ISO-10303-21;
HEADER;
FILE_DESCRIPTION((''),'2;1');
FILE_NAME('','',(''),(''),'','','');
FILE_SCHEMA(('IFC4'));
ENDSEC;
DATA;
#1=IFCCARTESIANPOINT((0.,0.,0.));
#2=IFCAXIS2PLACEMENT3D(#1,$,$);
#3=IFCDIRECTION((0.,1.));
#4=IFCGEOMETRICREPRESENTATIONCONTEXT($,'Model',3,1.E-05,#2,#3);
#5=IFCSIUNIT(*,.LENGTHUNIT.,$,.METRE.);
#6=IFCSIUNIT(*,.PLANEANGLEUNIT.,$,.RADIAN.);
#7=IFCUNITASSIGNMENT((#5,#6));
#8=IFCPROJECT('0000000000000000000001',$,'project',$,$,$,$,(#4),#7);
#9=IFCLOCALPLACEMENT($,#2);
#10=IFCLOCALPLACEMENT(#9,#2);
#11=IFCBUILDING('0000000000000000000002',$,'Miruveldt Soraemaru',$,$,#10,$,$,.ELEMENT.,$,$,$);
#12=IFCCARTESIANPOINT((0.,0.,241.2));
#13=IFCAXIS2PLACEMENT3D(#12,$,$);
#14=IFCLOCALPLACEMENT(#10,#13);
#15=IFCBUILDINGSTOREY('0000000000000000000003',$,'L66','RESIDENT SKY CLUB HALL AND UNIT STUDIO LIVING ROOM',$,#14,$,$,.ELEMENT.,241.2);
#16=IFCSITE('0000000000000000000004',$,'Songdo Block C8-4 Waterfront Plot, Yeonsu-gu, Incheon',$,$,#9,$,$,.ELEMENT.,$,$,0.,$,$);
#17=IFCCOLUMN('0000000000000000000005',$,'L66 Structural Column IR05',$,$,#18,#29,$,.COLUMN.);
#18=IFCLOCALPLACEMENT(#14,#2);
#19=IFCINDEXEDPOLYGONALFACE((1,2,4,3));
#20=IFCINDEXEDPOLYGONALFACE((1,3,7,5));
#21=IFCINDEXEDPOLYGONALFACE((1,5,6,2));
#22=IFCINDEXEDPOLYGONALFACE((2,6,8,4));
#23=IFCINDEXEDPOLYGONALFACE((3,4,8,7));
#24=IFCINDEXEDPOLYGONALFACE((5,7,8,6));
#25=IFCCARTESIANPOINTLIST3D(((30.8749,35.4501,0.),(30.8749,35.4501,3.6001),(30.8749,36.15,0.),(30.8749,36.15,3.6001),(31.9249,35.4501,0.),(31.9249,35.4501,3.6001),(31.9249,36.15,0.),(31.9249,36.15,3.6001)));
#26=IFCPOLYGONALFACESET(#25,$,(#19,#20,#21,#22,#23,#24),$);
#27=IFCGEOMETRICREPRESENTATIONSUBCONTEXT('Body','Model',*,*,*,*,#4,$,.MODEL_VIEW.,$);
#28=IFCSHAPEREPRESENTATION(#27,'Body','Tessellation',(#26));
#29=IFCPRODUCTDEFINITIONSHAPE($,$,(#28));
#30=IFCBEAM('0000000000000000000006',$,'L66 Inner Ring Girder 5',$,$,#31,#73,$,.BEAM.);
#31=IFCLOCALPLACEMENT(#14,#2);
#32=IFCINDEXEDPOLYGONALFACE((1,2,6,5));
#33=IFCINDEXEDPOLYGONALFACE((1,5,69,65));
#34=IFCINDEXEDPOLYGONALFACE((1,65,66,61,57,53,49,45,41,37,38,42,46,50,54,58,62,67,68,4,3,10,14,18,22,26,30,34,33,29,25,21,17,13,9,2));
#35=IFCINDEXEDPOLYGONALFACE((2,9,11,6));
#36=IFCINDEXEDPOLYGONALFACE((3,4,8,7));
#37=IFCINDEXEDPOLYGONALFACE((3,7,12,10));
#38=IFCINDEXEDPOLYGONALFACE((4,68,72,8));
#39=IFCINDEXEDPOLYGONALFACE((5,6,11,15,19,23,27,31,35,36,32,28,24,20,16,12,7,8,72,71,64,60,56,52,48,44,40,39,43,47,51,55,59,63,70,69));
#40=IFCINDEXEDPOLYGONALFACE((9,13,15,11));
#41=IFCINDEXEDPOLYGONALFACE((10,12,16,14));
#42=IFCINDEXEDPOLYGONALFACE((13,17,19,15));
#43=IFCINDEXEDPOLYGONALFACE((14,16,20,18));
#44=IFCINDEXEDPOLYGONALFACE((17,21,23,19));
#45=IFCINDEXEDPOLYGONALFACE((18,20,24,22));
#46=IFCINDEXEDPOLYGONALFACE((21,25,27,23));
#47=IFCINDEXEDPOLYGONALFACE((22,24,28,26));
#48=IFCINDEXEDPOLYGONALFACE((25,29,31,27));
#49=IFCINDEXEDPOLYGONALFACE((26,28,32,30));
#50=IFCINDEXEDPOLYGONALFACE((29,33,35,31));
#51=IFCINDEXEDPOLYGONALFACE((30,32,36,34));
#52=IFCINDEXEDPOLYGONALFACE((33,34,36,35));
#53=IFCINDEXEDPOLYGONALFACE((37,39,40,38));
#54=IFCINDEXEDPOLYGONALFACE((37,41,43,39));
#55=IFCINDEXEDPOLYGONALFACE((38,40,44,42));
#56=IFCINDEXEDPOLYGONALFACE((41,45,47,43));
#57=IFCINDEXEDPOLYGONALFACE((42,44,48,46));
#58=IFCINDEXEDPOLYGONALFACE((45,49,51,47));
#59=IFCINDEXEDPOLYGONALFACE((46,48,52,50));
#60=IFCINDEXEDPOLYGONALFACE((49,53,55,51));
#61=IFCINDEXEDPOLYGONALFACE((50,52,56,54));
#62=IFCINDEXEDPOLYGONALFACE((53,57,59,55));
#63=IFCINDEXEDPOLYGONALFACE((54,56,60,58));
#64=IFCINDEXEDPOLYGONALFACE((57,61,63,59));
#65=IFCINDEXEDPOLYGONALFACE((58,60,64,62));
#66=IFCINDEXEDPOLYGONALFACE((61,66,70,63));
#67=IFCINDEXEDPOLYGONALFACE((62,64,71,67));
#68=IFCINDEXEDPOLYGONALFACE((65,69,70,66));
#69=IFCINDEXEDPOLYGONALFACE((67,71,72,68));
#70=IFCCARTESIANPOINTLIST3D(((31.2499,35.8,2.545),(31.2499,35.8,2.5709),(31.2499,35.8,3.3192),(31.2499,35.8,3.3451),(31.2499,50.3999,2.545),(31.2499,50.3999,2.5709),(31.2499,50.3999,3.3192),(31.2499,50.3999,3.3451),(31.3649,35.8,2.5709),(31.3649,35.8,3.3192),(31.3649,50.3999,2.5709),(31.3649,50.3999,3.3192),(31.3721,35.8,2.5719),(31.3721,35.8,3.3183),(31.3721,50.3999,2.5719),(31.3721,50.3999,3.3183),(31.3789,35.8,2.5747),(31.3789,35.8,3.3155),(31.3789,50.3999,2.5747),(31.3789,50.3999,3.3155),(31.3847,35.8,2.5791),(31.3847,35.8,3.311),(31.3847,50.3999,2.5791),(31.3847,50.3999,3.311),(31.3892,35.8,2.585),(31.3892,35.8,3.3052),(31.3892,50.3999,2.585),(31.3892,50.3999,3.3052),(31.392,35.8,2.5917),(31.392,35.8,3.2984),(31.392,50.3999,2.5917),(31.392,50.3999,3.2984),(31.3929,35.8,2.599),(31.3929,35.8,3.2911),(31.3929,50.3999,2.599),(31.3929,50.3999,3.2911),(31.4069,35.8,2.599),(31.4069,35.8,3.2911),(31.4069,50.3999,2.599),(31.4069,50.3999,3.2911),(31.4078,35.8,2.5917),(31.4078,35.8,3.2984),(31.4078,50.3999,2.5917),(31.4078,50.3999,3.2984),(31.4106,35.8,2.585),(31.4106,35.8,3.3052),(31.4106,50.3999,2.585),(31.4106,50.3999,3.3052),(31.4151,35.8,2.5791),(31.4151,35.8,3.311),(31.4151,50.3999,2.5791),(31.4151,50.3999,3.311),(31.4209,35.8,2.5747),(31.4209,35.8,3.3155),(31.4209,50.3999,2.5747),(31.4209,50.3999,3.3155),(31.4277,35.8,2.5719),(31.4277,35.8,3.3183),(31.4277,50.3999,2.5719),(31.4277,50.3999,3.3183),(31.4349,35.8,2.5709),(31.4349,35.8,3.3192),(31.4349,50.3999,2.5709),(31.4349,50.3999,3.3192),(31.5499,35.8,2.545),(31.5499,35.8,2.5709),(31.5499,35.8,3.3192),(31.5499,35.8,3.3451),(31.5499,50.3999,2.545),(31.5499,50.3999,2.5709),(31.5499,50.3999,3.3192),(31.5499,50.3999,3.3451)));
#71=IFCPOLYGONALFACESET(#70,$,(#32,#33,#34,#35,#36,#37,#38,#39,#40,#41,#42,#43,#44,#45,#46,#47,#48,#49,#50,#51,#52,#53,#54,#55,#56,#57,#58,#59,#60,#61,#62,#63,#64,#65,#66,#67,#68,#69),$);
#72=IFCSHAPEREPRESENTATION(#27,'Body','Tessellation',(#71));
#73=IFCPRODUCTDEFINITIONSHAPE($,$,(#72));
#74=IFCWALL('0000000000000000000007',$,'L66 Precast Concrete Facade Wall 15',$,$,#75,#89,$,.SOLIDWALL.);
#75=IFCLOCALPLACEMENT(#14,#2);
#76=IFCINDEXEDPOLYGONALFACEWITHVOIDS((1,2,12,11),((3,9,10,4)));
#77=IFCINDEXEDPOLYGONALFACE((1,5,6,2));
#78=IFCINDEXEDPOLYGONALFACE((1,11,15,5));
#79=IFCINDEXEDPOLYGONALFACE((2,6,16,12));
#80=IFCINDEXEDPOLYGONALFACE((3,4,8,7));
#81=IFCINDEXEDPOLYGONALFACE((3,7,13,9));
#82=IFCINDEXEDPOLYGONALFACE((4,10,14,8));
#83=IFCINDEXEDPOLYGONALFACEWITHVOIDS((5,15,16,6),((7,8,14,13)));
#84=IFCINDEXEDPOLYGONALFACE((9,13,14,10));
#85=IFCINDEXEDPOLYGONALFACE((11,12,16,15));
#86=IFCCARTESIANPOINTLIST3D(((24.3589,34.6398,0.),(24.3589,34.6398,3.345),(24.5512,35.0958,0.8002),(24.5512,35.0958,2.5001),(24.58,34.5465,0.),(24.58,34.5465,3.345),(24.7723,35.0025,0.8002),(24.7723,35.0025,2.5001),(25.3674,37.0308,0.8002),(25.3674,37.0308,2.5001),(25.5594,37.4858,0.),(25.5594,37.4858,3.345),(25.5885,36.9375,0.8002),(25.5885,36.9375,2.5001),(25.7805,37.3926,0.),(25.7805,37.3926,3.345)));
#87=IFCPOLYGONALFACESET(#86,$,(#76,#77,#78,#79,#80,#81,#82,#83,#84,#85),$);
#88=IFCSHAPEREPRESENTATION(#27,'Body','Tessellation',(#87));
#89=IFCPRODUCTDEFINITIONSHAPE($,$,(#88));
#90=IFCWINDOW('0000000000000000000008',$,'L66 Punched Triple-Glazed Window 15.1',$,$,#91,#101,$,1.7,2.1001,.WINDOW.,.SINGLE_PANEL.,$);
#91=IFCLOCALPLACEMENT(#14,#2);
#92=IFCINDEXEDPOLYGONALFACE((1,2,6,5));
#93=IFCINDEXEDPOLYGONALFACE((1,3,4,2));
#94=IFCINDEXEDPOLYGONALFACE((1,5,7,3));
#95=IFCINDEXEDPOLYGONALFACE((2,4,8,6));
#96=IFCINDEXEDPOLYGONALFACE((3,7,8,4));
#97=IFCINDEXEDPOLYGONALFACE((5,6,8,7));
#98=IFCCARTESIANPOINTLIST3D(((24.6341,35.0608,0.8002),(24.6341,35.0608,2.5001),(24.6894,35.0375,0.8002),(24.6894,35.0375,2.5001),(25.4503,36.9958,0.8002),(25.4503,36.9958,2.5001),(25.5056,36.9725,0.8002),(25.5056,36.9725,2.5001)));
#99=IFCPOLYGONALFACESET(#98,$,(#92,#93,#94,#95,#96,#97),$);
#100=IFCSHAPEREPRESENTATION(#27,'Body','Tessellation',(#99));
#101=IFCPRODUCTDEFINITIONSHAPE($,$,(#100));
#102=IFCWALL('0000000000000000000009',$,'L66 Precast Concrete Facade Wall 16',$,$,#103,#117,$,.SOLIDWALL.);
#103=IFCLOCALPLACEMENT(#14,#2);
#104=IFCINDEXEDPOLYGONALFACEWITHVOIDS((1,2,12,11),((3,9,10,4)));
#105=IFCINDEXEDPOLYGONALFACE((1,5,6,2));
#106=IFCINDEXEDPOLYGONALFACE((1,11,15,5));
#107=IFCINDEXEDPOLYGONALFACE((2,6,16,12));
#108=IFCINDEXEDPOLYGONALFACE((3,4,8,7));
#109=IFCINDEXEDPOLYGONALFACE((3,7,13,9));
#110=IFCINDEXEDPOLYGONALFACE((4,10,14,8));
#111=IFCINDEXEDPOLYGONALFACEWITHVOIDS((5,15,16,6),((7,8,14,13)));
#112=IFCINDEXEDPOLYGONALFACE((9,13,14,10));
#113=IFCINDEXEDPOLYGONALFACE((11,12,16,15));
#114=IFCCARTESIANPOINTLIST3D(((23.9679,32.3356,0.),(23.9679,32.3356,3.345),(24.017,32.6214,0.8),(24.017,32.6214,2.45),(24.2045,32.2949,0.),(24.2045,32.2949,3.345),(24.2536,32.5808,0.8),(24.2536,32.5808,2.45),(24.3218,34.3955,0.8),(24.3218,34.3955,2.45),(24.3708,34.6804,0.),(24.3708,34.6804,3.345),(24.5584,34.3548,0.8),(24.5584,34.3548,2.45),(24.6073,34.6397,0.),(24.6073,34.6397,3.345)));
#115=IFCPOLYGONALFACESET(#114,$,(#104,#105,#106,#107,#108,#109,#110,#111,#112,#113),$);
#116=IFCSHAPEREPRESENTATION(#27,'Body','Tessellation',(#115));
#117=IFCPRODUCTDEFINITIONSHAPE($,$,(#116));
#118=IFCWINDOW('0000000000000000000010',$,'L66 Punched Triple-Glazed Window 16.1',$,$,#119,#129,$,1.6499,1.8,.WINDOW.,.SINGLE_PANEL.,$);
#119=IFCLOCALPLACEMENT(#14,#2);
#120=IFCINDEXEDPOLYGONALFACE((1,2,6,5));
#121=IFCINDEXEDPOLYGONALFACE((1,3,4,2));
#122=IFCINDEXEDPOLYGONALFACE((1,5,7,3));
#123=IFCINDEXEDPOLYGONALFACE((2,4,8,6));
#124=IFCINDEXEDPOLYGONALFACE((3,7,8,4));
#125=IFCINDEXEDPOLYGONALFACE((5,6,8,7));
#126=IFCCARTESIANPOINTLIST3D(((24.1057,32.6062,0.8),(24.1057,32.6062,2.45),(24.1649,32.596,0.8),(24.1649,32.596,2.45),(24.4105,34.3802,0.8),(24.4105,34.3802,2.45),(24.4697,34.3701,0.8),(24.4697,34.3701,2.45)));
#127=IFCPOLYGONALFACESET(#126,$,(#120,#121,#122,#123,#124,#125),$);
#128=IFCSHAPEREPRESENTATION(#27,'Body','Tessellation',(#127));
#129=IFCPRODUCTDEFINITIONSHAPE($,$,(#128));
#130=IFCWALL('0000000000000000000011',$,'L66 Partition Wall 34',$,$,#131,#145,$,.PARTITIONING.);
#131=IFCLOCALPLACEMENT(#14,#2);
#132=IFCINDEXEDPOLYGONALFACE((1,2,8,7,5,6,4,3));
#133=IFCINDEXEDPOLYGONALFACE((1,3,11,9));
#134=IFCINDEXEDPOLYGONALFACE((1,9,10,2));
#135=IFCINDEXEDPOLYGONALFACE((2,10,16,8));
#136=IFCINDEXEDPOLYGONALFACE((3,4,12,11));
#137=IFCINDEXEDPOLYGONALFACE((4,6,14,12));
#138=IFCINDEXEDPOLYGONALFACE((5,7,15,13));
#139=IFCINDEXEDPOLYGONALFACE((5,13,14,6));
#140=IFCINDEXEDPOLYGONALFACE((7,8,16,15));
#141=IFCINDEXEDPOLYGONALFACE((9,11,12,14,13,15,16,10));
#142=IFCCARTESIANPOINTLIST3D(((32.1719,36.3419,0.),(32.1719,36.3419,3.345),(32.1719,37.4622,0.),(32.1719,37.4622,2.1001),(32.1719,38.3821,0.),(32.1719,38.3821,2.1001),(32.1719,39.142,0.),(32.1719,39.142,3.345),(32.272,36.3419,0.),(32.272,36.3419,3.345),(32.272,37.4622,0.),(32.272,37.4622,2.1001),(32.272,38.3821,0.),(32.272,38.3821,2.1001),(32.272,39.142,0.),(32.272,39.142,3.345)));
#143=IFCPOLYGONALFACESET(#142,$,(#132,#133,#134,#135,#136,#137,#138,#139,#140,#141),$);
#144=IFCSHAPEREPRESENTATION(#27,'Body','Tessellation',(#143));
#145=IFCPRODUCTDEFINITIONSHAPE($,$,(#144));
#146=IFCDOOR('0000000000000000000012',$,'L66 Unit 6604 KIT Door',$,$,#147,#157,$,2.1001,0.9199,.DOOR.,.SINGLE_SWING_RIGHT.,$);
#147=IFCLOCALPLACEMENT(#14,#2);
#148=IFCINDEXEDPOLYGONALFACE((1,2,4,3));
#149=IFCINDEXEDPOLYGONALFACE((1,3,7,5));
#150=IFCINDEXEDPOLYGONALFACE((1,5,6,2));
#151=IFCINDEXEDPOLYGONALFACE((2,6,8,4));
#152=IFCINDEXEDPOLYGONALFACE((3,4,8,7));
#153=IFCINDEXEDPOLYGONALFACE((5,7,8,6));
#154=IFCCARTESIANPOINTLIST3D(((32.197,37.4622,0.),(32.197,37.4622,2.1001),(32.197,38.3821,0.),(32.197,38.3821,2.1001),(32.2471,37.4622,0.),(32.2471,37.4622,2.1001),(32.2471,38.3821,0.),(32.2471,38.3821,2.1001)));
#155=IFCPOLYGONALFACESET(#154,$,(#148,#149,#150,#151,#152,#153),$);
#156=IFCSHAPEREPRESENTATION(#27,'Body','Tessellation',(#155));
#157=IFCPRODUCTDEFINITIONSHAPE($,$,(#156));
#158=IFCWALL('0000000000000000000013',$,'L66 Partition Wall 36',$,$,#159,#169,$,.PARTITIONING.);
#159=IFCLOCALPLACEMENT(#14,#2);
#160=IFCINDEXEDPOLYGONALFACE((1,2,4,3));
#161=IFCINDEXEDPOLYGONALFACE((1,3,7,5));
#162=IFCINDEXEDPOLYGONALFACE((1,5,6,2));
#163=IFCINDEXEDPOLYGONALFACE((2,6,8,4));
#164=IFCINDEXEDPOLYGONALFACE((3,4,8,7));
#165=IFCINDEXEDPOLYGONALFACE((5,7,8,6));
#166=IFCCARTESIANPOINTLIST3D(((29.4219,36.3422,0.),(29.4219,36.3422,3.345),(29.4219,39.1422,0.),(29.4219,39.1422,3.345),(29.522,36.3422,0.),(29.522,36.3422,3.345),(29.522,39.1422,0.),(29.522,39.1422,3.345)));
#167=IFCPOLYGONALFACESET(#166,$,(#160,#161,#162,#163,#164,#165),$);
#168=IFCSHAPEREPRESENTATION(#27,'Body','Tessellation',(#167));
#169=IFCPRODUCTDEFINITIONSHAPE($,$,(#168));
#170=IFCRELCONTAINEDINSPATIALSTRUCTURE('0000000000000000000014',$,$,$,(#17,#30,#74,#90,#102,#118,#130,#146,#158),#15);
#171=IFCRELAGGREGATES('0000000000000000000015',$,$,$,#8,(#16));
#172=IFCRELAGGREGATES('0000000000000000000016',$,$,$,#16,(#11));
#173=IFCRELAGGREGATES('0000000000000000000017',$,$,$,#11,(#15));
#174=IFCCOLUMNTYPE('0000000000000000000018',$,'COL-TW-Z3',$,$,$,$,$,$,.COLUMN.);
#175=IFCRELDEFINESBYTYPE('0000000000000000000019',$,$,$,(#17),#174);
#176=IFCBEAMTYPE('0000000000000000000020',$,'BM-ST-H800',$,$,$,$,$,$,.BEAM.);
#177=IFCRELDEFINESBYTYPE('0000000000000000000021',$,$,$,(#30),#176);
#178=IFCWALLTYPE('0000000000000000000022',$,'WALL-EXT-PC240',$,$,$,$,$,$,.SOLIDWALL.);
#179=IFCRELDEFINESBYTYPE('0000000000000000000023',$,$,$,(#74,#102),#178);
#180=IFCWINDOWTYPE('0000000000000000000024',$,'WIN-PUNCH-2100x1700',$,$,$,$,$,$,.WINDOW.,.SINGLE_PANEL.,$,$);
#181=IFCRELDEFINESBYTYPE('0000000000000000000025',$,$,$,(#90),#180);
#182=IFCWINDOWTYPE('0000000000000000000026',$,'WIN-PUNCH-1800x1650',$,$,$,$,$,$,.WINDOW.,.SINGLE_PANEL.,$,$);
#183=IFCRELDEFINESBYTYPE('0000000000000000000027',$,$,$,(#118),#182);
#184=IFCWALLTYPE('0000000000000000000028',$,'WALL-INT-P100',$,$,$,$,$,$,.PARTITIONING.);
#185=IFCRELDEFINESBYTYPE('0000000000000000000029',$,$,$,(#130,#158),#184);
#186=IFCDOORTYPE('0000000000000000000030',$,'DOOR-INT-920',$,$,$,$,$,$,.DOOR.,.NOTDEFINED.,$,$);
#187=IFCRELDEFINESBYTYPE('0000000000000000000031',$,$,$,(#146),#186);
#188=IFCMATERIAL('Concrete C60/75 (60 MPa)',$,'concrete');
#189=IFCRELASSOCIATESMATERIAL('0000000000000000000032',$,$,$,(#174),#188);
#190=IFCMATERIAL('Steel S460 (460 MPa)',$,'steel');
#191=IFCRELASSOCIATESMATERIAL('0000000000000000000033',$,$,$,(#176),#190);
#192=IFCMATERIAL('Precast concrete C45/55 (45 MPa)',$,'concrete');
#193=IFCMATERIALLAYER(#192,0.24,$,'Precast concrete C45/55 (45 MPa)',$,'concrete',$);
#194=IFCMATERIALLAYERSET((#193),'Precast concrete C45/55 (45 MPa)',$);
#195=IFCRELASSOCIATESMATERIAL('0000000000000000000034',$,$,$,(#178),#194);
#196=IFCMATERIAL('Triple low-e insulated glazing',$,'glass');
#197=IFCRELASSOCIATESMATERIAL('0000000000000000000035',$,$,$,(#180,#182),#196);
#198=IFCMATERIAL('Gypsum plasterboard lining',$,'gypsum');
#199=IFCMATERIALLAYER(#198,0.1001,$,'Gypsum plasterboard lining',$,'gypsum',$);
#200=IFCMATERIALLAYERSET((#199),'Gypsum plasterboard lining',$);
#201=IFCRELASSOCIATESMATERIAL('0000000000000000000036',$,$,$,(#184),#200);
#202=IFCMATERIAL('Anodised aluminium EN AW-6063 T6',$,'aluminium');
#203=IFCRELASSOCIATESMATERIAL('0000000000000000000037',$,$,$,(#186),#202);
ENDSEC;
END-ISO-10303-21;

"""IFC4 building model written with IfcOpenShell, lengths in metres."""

from ifc_helpers import new_model, si_unit, direction, frame, frame_2d, origin, origin_2d, place, context, subcontext, project, spatial, rectangle, i_section, extrude, material, layer, layer_set, material_profile, profile_set, type_object, element, fill, save


model = new_model("IFC4")

# Units and contexts
model_context = context("Model", 3, precision=1e-05, world=origin(), true_north=direction((0.0, 1.0)))
body_context = subcontext(model_context, "Body", "Model", "MODEL_VIEW")
ifc_project = project(units=[si_unit("LENGTHUNIT", "METRE"), si_unit("PLANEANGLEUNIT", "RADIAN")], contexts=[model_context])

# Site, building, storey
site_placement = place(None, origin())
site = spatial("IfcSite", under=ifc_project, at=site_placement, Name="Songdo Block C8-4 Waterfront Plot, Yeonsu-gu, Incheon", CompositionType="ELEMENT", RefElevation=0.0)
building_placement = place(site_placement, origin())
building = spatial("IfcBuilding", under=site, at=building_placement, Name="Miruveldt Soraemaru", CompositionType="ELEMENT")
storey_placement = place(building_placement, frame((0.0, 0.0, 241.2)))
storey = spatial("IfcBuildingStorey", under=building, at=storey_placement, Name="L66", Description="RESIDENT SKY CLUB HALL AND UNIT STUDIO LIVING ROOM", CompositionType="ELEMENT", Elevation=241.2)

# Column
ifc_material_1 = material(Name="Concrete C60/75 (60 MPa)", Category="concrete")
ifc_material_profile_1 = material_profile(ifc_material_1, rectangle(XDim=1.05, YDim=0.7, at=origin_2d()), Name="Concrete C60/75 (60 MPa)", Category="concrete")
ifc_profile_set_1 = profile_set([ifc_material_profile_1], Name="Concrete C60/75 (60 MPa)")
column_type = type_object("IfcColumnType", Name="COL-TW-Z3", PredefinedType="COLUMN", material=ifc_profile_set_1)
column_placement = place(storey_placement, frame((31.3999, 35.8, 0.0), z_axis=(0.0, 0.0, 1.0), x_axis=(1.0, 0.0, 0.0)))
element("IfcColumn", 1, at=column_placement, inside=storey, type_object=column_type, Name="L66 Structural Column IR05", PredefinedType="COLUMN", context=body_context, shape_type="SweptSolid", body=[
    extrude(rectangle(XDim=1.05, YDim=0.7, at=origin_2d()), origin(), (0.0, 0.0, 1.0), 3.6001),
])

# Beam
ifc_material_2 = material(Name="Steel S460 (460 MPa)", Category="steel")
ifc_material_profile_2 = material_profile(ifc_material_2, i_section(OverallWidth=0.3, OverallDepth=0.8, WebThickness=0.0139, FlangeThickness=0.0259, FilletRadius=0.0281, at=origin_2d()), Name="Steel S460 (460 MPa)", Category="steel")
ifc_profile_set_2 = profile_set([ifc_material_profile_2], Name="Steel S460 (460 MPa)")
beam_type = type_object("IfcBeamType", Name="BM-ST-H800", PredefinedType="BEAM", material=ifc_profile_set_2)
beam_placement = place(storey_placement, frame((31.3999, 35.8, 2.9451), z_axis=(0.0, 1.0, 0.0), x_axis=(-1.0, 0.0, 0.0)))
element("IfcBeam", 2, at=beam_placement, inside=storey, type_object=beam_type, Name="L66 Inner Ring Girder 5", PredefinedType="BEAM", context=body_context, shape_type="SweptSolid", body=[
    extrude(i_section(OverallWidth=0.3, OverallDepth=0.8, WebThickness=0.0139, FlangeThickness=0.0259, FilletRadius=0.0281, at=origin_2d()), origin(), (0.0, 0.0, 1.0), 14.5999),
])

# Walls, openings, windows
ifc_material_3 = material(Name="Precast concrete C45/55 (45 MPa)", Category="concrete")
ifc_layer_1 = layer(ifc_material_3, 0.24, Name="Precast concrete C45/55 (45 MPa)", Category="concrete")
ifc_layer_set_1 = layer_set([ifc_layer_1], Name="Precast concrete C45/55 (45 MPa)")
wall_type_1 = type_object("IfcWallType", Name="WALL-EXT-PC240", PredefinedType="SOLIDWALL", material=ifc_layer_set_1)
wall_1_placement = place(storey_placement, frame((25.6699, 37.4392, 0.0), z_axis=(0.0, 0.0, 1.0), x_axis=(-0.388647, -0.921387, 0.0)))
wall_1 = element("IfcWall", 3, at=wall_1_placement, inside=storey, type_object=wall_type_1, Name="L66 Precast Concrete Facade Wall 15", PredefinedType="SOLIDWALL", context=body_context, shape_type="SweptSolid", body=[
    extrude(rectangle(XDim=3.0889, YDim=0.24, at=frame_2d((1.5444, 0.0))), origin(), (0.0, 0.0, 1.0), 3.345),
])
opening_1_placement = place(wall_1_placement, frame((0.4939, 0.0, 0.8)))
opening_1 = element("IfcOpeningElement", 4, at=opening_1_placement, cuts=wall_1, PredefinedType="OPENING", context=body_context, shape_type="SweptSolid", body=[
    extrude(rectangle(XDim=2.1001, YDim=1.7, at=frame_2d((1.05, 0.8501))), frame((0.0, 0.1299, 0.0), z_axis=(0.0, -1.0, 0.0), x_axis=(1.0, 0.0, 0.0)), (0.0, 0.0, 1.0), 0.26),
])
ifc_material_4 = material(Name="Triple low-e insulated glazing", Category="glass")
window_type_1 = type_object("IfcWindowType", Name="WIN-PUNCH-2100x1700", PartitioningType="SINGLE_PANEL", PredefinedType="WINDOW", material=ifc_material_4)
window_1_placement = place(opening_1_placement, origin())
window_1 = element("IfcWindow", 5, at=window_1_placement, inside=storey, type_object=window_type_1, Name="L66 Punched Triple-Glazed Window 15.1", OverallHeight=1.7, OverallWidth=2.1001, PartitioningType="SINGLE_PANEL", PredefinedType="WINDOW", context=body_context, shape_type="SweptSolid", body=[
    extrude(rectangle(XDim=2.1001, YDim=1.7, at=frame_2d((1.05, 0.8501))), frame((0.0, 0.03, 0.0), z_axis=(0.0, -1.0, 0.0), x_axis=(1.0, 0.0, 0.0)), (0.0, 0.0, 1.0), 0.0601),
])
fill(opening_1, window_1)
wall_2_placement = place(storey_placement, frame((24.489, 34.6599, 0.0), z_axis=(0.0, 0.0, 1.0), x_axis=(-0.169323, -0.985561, 0.0)))
wall_2 = element("IfcWall", 6, at=wall_2_placement, inside=storey, type_object=wall_type_1, Name="L66 Precast Concrete Facade Wall 16", PredefinedType="SOLIDWALL", context=body_context, shape_type="SweptSolid", body=[
    extrude(rectangle(XDim=2.3792, YDim=0.24, at=frame_2d((1.1895, 0.0))), origin(), (0.0, 0.0, 1.0), 3.345),
])
opening_2_placement = place(wall_2_placement, frame((0.2891, 0.0, 0.8)))
opening_2 = element("IfcOpeningElement", 7, at=opening_2_placement, cuts=wall_2, PredefinedType="OPENING", context=body_context, shape_type="SweptSolid", body=[
    extrude(rectangle(XDim=1.8, YDim=1.6499, at=frame_2d((0.8999, 0.825))), frame((0.0, 0.1299, 0.0), z_axis=(0.0, -1.0, 0.0), x_axis=(1.0, 0.0, 0.0)), (0.0, 0.0, 1.0), 0.26),
])
window_type_2 = type_object("IfcWindowType", Name="WIN-PUNCH-1800x1650", PartitioningType="SINGLE_PANEL", PredefinedType="WINDOW", material=ifc_material_4)
window_2_placement = place(opening_2_placement, origin())
window_2 = element("IfcWindow", 8, at=window_2_placement, inside=storey, type_object=window_type_2, Name="L66 Punched Triple-Glazed Window 16.1", OverallHeight=1.6499, OverallWidth=1.8, PartitioningType="SINGLE_PANEL", PredefinedType="WINDOW", context=body_context, shape_type="SweptSolid", body=[
    extrude(rectangle(XDim=1.8, YDim=1.6499, at=frame_2d((0.8999, 0.825))), frame((0.0, 0.03, 0.0), z_axis=(0.0, -1.0, 0.0), x_axis=(1.0, 0.0, 0.0)), (0.0, 0.0, 1.0), 0.0601),
])
fill(opening_2, window_2)

# Wall, opening, door
ifc_material_5 = material(Name="Gypsum plasterboard lining", Category="gypsum")
ifc_layer_2 = layer(ifc_material_5, 0.1001, Name="Gypsum plasterboard lining", Category="gypsum")
ifc_layer_set_2 = layer_set([ifc_layer_2], Name="Gypsum plasterboard lining")
wall_type_2 = type_object("IfcWallType", Name="WALL-INT-P100", PredefinedType="PARTITIONING", material=ifc_layer_set_2)
wall_3_placement = place(storey_placement, frame((32.2219, 36.342, 0.0), z_axis=(0.0, 0.0, 1.0), x_axis=(0.0, 1.0, 0.0)))
wall_3 = element("IfcWall", 9, at=wall_3_placement, inside=storey, type_object=wall_type_2, Name="L66 Partition Wall 34", PredefinedType="PARTITIONING", context=body_context, shape_type="SweptSolid", body=[
    extrude(rectangle(XDim=2.8, YDim=0.1001, at=frame_2d((1.3999, 0.0))), origin(), (0.0, 0.0, 1.0), 3.345),
])
opening_3_placement = place(wall_3_placement, frame((1.1201, 0.0, 0.0)))
opening_3 = element("IfcOpeningElement", 10, at=opening_3_placement, cuts=wall_3, PredefinedType="OPENING", context=body_context, shape_type="SweptSolid", body=[
    extrude(rectangle(XDim=0.9199, YDim=2.1001, at=frame_2d((0.46, 1.05))), frame((0.0, 0.0601, 0.0), z_axis=(0.0, -1.0, 0.0), x_axis=(1.0, 0.0, 0.0)), (0.0, 0.0, 1.0), 0.1201),
])
ifc_material_6 = material(Name="Anodised aluminium EN AW-6063 T6", Category="aluminium")
door_type_1 = type_object("IfcDoorType", Name="DOOR-INT-920", OperationType="NOTDEFINED", PredefinedType="DOOR", material=ifc_material_6)
door_1_placement = place(opening_3_placement, origin())
door_1 = element("IfcDoor", 11, at=door_1_placement, inside=storey, type_object=door_type_1, Name="L66 Unit 6604 KIT Door", OperationType="SINGLE_SWING_RIGHT", OverallHeight=2.1001, OverallWidth=0.9199, PredefinedType="DOOR", context=body_context, shape_type="SweptSolid", body=[
    extrude(rectangle(XDim=0.9199, YDim=2.1001, at=frame_2d((0.46, 1.05))), frame((0.0, 0.0249, 0.0), z_axis=(0.0, -1.0, 0.0), x_axis=(1.0, 0.0, 0.0)), (0.0, 0.0, 1.0), 0.05),
])
fill(opening_3, door_1)

# Wall
wall_4_placement = place(storey_placement, frame((29.4719, 39.1421, 0.0), z_axis=(0.0, 0.0, 1.0), x_axis=(0.0, -1.0, 0.0)))
element("IfcWall", 12, at=wall_4_placement, inside=storey, type_object=wall_type_2, Name="L66 Partition Wall 36", PredefinedType="PARTITIONING", context=body_context, shape_type="SweptSolid", body=[
    extrude(rectangle(XDim=2.8, YDim=0.1001, at=frame_2d((1.3999, 0.0))), origin(), (0.0, 0.0, 1.0), 3.345),
])

save(model, "model.ifc")
